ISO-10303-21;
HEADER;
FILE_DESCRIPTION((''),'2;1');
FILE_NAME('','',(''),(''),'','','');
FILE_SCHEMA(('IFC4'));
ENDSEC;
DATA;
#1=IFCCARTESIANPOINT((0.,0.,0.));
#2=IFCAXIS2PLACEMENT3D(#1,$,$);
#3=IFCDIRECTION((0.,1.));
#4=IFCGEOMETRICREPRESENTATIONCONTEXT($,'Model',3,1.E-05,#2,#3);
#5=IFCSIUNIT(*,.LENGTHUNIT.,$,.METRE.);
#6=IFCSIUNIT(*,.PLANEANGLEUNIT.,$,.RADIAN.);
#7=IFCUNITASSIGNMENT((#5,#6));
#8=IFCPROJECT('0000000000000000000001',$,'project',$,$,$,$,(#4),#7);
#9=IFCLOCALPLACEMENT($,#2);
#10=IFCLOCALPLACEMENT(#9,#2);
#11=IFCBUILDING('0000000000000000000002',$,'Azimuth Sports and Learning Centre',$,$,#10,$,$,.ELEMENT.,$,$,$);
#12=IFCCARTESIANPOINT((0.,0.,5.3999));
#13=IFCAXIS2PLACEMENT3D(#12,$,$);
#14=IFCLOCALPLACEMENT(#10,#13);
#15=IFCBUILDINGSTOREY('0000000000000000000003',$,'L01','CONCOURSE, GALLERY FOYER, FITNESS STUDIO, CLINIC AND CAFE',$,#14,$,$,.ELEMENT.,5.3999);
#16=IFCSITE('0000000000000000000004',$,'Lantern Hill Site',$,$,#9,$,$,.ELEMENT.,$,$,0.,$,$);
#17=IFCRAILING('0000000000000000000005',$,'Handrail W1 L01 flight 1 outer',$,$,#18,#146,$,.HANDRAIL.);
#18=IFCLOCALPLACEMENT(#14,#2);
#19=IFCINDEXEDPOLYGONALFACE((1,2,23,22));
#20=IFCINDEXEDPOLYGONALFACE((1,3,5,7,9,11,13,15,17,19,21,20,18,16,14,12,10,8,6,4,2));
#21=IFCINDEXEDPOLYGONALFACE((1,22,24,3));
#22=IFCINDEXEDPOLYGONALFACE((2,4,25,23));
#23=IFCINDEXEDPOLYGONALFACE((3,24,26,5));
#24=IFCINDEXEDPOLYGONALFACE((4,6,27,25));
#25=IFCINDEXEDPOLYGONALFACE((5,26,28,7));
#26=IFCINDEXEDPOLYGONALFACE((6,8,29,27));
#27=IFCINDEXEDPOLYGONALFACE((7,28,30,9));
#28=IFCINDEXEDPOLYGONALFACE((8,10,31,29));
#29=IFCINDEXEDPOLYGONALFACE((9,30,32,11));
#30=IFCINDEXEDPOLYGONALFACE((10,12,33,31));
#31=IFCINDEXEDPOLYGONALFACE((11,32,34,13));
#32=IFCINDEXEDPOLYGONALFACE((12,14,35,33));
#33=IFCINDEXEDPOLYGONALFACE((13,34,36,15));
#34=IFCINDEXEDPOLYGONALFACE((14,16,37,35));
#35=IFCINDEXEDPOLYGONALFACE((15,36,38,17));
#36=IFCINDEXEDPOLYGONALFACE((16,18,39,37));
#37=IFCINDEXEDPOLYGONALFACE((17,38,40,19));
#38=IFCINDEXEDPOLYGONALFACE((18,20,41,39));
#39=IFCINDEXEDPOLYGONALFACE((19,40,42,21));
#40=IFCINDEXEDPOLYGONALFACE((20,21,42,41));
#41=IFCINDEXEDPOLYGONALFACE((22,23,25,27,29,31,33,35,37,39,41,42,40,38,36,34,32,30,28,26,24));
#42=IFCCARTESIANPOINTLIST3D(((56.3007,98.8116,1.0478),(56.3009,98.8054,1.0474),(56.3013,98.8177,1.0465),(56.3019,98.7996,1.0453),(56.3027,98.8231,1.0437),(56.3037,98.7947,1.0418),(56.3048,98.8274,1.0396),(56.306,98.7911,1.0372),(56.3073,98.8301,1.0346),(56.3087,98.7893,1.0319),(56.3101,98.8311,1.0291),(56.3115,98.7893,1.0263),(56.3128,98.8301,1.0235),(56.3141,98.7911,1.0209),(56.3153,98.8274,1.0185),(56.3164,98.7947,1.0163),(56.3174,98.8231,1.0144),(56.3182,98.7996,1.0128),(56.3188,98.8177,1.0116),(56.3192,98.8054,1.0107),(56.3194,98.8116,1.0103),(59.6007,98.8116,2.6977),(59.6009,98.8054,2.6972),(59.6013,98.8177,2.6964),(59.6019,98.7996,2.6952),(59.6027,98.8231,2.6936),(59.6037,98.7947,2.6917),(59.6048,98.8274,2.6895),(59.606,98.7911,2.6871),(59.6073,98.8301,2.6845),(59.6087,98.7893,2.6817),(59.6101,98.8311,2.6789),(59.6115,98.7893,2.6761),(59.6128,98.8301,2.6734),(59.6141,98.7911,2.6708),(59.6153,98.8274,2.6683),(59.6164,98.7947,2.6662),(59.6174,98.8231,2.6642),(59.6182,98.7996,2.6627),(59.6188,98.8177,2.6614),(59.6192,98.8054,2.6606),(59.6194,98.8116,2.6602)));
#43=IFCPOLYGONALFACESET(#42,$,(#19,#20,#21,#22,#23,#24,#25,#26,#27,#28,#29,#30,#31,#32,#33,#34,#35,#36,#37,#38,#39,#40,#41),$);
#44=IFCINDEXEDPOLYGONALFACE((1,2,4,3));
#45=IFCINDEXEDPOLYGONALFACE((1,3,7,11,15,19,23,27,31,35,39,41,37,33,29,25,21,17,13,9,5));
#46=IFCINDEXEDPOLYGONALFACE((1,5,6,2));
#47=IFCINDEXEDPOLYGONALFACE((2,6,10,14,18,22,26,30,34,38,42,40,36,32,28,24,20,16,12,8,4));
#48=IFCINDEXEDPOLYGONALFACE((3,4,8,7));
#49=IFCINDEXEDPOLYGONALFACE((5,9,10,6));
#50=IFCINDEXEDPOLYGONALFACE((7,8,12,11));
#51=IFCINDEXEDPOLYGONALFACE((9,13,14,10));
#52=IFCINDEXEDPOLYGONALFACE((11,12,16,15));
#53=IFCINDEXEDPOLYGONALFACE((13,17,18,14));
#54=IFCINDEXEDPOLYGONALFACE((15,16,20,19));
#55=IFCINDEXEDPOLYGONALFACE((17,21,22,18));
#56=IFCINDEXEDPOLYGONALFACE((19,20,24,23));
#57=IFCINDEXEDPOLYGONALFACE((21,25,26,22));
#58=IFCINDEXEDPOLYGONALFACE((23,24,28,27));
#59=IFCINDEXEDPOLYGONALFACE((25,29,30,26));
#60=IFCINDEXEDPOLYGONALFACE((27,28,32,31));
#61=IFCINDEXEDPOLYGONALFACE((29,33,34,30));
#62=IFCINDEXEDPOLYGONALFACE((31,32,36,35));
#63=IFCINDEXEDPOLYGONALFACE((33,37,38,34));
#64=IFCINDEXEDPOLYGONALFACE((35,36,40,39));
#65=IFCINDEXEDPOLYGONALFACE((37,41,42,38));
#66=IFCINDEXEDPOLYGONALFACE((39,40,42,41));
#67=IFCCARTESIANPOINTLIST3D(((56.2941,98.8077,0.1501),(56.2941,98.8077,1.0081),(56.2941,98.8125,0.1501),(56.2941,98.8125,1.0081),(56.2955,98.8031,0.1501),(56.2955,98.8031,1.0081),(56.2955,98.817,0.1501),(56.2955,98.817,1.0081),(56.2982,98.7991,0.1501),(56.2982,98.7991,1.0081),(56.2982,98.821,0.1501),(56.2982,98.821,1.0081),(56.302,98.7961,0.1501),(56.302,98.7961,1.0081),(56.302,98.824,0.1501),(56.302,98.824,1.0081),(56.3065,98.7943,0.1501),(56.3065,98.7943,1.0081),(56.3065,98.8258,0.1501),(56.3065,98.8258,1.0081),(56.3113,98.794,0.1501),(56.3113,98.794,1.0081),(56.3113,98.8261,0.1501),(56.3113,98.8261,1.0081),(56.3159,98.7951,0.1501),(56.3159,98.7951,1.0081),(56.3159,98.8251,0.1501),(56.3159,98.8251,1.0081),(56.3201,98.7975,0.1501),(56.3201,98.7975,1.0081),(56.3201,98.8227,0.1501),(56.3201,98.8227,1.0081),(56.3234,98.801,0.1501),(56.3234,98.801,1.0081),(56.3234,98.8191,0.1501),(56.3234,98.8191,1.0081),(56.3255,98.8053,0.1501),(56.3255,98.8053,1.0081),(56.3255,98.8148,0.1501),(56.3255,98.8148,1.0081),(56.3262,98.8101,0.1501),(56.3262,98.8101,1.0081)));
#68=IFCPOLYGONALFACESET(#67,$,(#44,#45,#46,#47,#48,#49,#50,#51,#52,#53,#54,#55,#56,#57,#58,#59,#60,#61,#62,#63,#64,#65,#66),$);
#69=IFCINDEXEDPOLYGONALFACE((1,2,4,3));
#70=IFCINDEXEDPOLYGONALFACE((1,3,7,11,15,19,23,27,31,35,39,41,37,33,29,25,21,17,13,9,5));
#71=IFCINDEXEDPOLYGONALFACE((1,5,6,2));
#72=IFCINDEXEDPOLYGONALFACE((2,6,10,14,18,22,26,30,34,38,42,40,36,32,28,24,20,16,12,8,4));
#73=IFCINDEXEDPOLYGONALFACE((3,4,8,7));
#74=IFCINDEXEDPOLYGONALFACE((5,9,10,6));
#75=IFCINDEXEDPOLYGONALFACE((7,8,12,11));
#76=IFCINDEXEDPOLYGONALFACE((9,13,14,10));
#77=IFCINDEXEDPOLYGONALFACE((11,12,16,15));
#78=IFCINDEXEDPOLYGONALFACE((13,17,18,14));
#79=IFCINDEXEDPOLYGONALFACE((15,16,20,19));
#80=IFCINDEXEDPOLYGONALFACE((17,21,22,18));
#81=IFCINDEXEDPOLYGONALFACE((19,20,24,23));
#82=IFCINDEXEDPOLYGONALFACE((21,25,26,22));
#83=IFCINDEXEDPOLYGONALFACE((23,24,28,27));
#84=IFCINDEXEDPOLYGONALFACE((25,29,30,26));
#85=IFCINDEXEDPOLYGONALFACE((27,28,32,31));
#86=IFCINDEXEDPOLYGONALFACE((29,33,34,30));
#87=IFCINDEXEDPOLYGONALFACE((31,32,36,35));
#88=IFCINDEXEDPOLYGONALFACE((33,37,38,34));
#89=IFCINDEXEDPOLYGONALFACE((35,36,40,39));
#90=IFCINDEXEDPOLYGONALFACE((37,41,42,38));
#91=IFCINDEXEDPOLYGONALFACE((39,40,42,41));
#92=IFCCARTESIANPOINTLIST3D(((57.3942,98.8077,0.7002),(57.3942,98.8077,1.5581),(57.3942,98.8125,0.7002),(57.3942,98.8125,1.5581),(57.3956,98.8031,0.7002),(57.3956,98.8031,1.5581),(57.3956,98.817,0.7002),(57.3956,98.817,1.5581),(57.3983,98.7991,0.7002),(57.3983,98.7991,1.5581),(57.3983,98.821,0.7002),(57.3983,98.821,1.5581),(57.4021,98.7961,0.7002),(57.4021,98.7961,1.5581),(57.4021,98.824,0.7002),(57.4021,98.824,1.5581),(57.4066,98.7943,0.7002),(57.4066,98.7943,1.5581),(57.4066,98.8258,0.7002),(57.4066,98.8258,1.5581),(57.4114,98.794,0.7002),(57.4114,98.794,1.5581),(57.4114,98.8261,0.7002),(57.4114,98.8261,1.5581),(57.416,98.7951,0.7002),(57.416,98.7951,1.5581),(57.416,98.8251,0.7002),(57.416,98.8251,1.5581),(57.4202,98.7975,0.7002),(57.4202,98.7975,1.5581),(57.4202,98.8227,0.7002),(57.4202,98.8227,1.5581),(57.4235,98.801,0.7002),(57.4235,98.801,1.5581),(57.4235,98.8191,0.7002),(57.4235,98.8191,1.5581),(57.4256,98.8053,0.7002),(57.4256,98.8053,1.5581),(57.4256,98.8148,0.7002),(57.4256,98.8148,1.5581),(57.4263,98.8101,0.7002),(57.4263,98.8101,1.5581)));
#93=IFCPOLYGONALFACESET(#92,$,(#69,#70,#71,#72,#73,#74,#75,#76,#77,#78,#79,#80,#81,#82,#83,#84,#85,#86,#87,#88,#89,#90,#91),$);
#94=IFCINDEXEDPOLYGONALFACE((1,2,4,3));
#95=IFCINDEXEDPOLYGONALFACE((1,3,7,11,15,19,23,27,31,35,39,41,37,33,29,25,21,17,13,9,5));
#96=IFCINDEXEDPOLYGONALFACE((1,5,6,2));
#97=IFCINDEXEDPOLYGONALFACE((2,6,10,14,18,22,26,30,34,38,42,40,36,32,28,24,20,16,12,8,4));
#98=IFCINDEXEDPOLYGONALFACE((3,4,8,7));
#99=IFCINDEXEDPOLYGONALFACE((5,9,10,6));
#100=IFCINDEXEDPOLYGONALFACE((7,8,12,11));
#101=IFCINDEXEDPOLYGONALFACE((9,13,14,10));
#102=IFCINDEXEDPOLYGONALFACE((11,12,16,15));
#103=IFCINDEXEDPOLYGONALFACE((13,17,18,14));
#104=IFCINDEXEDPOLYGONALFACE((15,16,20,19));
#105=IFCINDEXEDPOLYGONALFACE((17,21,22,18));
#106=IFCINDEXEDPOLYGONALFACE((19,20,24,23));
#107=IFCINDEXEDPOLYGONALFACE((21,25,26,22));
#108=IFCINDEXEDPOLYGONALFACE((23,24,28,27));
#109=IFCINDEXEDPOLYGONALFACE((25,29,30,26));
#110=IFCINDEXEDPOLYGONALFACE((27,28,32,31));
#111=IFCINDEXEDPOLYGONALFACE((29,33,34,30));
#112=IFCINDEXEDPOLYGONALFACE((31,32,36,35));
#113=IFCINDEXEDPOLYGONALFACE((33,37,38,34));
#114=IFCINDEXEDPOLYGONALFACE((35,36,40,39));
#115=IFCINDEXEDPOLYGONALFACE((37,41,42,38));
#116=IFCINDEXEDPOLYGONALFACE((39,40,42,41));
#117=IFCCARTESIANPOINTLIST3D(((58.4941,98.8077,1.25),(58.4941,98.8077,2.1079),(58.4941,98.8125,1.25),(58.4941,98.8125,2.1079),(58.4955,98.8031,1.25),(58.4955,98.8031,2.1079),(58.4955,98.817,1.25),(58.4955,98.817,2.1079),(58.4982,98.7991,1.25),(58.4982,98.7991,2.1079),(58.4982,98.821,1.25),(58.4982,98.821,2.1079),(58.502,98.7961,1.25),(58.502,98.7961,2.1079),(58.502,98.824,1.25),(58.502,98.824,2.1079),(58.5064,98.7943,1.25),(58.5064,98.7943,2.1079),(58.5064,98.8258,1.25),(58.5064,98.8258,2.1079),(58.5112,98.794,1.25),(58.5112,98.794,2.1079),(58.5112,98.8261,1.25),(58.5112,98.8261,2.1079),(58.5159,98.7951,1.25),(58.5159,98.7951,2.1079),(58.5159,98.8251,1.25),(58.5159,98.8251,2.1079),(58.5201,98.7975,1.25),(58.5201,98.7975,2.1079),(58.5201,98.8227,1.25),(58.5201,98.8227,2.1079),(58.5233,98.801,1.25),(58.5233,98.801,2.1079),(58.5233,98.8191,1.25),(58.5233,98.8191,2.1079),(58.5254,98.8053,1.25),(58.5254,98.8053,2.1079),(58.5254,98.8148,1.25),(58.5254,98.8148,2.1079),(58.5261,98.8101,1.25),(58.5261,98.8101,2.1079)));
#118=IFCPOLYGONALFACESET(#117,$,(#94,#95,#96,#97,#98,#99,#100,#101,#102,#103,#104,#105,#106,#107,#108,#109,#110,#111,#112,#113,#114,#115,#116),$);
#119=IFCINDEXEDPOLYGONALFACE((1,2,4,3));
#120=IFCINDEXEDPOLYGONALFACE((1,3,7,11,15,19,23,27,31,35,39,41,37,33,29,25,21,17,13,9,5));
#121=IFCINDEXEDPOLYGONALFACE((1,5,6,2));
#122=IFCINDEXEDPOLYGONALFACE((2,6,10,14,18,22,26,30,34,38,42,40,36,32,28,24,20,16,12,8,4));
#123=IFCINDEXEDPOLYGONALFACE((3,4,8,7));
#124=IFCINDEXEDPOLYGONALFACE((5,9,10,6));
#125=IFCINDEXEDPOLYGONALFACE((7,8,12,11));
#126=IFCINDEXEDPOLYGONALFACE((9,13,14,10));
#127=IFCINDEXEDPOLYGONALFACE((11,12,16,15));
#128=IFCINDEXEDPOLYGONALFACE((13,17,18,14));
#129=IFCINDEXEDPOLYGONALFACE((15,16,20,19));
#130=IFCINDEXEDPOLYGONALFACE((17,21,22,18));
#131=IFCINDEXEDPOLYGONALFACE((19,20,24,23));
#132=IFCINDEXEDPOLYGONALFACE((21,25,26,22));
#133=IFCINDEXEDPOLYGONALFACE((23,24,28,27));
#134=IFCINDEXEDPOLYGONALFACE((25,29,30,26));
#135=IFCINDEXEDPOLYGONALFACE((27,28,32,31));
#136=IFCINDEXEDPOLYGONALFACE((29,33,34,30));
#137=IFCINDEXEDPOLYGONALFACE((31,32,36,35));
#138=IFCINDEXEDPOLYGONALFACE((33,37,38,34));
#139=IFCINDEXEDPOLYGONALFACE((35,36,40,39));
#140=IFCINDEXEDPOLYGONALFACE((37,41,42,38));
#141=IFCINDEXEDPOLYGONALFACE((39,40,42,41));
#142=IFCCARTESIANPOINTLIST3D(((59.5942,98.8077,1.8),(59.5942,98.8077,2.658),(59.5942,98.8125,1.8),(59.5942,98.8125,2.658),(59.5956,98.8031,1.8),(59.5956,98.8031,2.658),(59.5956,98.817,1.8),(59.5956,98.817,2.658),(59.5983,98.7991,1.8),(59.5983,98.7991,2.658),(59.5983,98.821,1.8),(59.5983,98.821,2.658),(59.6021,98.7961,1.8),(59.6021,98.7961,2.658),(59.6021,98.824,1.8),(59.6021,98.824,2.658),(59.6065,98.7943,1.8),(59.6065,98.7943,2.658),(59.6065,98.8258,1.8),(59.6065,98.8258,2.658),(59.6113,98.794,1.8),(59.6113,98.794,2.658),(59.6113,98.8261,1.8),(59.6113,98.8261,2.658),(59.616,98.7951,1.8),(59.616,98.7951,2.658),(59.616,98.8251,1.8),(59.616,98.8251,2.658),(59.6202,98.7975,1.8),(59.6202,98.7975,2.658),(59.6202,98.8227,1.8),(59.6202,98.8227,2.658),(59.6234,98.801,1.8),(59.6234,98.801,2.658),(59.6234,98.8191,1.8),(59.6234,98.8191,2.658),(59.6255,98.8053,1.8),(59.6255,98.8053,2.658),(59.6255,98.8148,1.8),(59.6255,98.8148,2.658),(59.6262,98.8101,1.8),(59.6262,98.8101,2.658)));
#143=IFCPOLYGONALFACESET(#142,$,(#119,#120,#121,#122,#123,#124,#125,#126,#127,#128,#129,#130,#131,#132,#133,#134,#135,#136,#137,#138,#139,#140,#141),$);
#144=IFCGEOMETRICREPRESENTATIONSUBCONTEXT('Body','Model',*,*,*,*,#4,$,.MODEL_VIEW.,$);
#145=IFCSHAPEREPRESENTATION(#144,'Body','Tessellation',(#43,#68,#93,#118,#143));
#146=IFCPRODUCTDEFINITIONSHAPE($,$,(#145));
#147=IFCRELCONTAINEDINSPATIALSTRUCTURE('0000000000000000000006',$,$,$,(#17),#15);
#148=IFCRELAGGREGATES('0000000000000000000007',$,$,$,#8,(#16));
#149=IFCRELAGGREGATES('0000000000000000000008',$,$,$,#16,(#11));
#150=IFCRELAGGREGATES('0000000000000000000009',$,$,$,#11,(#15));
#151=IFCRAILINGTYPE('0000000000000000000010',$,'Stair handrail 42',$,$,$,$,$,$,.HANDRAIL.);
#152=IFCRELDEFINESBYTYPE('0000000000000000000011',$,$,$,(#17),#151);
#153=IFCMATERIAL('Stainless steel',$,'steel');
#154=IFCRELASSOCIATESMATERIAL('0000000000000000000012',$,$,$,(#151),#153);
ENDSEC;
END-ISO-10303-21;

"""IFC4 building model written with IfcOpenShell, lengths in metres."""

from ifc_helpers import new_model, si_unit, direction, frame, origin, origin_2d, place, context, subcontext, project, spatial, circle, extrude, material, type_object, element, save


model = new_model("IFC4")

# Units and contexts
model_context = context("Model", 3, precision=1e-05, world=origin(), true_north=direction((0.0, 1.0)))
body_context = subcontext(model_context, "Body", "Model", "MODEL_VIEW")
ifc_project = project(units=[si_unit("LENGTHUNIT", "METRE"), si_unit("PLANEANGLEUNIT", "RADIAN")], contexts=[model_context])

# Site, building, storey
site_placement = place(None, origin())
site = spatial("IfcSite", under=ifc_project, at=site_placement, Name="Lantern Hill Site", CompositionType="ELEMENT", RefElevation=0.0)
building_placement = place(site_placement, origin())
building = spatial("IfcBuilding", under=site, at=building_placement, Name="Azimuth Sports and Learning Centre", CompositionType="ELEMENT")
storey_placement = place(building_placement, frame((0.0, 0.0, 5.3999)))
storey = spatial("IfcBuildingStorey", under=building, at=storey_placement, Name="L01", Description="CONCOURSE, GALLERY FOYER, FITNESS STUDIO, CLINIC AND CAFE", CompositionType="ELEMENT", Elevation=5.3999)

# Railing
ifc_material_1 = material(Name="Stainless steel", Category="steel")
railing_type_1 = type_object("IfcRailingType", Name="Stair handrail 42", PredefinedType="HANDRAIL", material=ifc_material_1)
for number, where, name in (
    (1, (56.3101, 98.8101, 0.1501), "Handrail W1 L01 flight 1 outer"),
):
    element("IfcRailing", number, at=place(storey_placement, frame(where)), inside=storey, type_object=railing_type_1, Name=name, PredefinedType="HANDRAIL", context=body_context, shape_type="SweptSolid", body=[
        extrude(circle(Radius=0.021, at=origin_2d()), frame((0.0, 0.0, 0.8789), z_axis=(0.89444, 0.0, 0.447187), x_axis=(0.0, 1.0, 0.0)), (0.0, 0.0, 1.0), 3.6895),
        extrude(circle(Radius=0.0161, at=origin_2d()), origin(), (0.0, 0.0, 1.0), 0.8579),
        extrude(circle(Radius=0.0161, at=origin_2d()), frame((1.1001, 0.0, 0.55)), (0.0, 0.0, 1.0), 0.8579),
        extrude(circle(Radius=0.0161, at=origin_2d()), frame((2.2, 0.0, 1.0999)), (0.0, 0.0, 1.0), 0.8579),
        extrude(circle(Radius=0.0161, at=origin_2d()), frame((3.3, 0.0, 1.6499)), (0.0, 0.0, 1.0), 0.8579),
    ])

save(model, "model.ifc")
